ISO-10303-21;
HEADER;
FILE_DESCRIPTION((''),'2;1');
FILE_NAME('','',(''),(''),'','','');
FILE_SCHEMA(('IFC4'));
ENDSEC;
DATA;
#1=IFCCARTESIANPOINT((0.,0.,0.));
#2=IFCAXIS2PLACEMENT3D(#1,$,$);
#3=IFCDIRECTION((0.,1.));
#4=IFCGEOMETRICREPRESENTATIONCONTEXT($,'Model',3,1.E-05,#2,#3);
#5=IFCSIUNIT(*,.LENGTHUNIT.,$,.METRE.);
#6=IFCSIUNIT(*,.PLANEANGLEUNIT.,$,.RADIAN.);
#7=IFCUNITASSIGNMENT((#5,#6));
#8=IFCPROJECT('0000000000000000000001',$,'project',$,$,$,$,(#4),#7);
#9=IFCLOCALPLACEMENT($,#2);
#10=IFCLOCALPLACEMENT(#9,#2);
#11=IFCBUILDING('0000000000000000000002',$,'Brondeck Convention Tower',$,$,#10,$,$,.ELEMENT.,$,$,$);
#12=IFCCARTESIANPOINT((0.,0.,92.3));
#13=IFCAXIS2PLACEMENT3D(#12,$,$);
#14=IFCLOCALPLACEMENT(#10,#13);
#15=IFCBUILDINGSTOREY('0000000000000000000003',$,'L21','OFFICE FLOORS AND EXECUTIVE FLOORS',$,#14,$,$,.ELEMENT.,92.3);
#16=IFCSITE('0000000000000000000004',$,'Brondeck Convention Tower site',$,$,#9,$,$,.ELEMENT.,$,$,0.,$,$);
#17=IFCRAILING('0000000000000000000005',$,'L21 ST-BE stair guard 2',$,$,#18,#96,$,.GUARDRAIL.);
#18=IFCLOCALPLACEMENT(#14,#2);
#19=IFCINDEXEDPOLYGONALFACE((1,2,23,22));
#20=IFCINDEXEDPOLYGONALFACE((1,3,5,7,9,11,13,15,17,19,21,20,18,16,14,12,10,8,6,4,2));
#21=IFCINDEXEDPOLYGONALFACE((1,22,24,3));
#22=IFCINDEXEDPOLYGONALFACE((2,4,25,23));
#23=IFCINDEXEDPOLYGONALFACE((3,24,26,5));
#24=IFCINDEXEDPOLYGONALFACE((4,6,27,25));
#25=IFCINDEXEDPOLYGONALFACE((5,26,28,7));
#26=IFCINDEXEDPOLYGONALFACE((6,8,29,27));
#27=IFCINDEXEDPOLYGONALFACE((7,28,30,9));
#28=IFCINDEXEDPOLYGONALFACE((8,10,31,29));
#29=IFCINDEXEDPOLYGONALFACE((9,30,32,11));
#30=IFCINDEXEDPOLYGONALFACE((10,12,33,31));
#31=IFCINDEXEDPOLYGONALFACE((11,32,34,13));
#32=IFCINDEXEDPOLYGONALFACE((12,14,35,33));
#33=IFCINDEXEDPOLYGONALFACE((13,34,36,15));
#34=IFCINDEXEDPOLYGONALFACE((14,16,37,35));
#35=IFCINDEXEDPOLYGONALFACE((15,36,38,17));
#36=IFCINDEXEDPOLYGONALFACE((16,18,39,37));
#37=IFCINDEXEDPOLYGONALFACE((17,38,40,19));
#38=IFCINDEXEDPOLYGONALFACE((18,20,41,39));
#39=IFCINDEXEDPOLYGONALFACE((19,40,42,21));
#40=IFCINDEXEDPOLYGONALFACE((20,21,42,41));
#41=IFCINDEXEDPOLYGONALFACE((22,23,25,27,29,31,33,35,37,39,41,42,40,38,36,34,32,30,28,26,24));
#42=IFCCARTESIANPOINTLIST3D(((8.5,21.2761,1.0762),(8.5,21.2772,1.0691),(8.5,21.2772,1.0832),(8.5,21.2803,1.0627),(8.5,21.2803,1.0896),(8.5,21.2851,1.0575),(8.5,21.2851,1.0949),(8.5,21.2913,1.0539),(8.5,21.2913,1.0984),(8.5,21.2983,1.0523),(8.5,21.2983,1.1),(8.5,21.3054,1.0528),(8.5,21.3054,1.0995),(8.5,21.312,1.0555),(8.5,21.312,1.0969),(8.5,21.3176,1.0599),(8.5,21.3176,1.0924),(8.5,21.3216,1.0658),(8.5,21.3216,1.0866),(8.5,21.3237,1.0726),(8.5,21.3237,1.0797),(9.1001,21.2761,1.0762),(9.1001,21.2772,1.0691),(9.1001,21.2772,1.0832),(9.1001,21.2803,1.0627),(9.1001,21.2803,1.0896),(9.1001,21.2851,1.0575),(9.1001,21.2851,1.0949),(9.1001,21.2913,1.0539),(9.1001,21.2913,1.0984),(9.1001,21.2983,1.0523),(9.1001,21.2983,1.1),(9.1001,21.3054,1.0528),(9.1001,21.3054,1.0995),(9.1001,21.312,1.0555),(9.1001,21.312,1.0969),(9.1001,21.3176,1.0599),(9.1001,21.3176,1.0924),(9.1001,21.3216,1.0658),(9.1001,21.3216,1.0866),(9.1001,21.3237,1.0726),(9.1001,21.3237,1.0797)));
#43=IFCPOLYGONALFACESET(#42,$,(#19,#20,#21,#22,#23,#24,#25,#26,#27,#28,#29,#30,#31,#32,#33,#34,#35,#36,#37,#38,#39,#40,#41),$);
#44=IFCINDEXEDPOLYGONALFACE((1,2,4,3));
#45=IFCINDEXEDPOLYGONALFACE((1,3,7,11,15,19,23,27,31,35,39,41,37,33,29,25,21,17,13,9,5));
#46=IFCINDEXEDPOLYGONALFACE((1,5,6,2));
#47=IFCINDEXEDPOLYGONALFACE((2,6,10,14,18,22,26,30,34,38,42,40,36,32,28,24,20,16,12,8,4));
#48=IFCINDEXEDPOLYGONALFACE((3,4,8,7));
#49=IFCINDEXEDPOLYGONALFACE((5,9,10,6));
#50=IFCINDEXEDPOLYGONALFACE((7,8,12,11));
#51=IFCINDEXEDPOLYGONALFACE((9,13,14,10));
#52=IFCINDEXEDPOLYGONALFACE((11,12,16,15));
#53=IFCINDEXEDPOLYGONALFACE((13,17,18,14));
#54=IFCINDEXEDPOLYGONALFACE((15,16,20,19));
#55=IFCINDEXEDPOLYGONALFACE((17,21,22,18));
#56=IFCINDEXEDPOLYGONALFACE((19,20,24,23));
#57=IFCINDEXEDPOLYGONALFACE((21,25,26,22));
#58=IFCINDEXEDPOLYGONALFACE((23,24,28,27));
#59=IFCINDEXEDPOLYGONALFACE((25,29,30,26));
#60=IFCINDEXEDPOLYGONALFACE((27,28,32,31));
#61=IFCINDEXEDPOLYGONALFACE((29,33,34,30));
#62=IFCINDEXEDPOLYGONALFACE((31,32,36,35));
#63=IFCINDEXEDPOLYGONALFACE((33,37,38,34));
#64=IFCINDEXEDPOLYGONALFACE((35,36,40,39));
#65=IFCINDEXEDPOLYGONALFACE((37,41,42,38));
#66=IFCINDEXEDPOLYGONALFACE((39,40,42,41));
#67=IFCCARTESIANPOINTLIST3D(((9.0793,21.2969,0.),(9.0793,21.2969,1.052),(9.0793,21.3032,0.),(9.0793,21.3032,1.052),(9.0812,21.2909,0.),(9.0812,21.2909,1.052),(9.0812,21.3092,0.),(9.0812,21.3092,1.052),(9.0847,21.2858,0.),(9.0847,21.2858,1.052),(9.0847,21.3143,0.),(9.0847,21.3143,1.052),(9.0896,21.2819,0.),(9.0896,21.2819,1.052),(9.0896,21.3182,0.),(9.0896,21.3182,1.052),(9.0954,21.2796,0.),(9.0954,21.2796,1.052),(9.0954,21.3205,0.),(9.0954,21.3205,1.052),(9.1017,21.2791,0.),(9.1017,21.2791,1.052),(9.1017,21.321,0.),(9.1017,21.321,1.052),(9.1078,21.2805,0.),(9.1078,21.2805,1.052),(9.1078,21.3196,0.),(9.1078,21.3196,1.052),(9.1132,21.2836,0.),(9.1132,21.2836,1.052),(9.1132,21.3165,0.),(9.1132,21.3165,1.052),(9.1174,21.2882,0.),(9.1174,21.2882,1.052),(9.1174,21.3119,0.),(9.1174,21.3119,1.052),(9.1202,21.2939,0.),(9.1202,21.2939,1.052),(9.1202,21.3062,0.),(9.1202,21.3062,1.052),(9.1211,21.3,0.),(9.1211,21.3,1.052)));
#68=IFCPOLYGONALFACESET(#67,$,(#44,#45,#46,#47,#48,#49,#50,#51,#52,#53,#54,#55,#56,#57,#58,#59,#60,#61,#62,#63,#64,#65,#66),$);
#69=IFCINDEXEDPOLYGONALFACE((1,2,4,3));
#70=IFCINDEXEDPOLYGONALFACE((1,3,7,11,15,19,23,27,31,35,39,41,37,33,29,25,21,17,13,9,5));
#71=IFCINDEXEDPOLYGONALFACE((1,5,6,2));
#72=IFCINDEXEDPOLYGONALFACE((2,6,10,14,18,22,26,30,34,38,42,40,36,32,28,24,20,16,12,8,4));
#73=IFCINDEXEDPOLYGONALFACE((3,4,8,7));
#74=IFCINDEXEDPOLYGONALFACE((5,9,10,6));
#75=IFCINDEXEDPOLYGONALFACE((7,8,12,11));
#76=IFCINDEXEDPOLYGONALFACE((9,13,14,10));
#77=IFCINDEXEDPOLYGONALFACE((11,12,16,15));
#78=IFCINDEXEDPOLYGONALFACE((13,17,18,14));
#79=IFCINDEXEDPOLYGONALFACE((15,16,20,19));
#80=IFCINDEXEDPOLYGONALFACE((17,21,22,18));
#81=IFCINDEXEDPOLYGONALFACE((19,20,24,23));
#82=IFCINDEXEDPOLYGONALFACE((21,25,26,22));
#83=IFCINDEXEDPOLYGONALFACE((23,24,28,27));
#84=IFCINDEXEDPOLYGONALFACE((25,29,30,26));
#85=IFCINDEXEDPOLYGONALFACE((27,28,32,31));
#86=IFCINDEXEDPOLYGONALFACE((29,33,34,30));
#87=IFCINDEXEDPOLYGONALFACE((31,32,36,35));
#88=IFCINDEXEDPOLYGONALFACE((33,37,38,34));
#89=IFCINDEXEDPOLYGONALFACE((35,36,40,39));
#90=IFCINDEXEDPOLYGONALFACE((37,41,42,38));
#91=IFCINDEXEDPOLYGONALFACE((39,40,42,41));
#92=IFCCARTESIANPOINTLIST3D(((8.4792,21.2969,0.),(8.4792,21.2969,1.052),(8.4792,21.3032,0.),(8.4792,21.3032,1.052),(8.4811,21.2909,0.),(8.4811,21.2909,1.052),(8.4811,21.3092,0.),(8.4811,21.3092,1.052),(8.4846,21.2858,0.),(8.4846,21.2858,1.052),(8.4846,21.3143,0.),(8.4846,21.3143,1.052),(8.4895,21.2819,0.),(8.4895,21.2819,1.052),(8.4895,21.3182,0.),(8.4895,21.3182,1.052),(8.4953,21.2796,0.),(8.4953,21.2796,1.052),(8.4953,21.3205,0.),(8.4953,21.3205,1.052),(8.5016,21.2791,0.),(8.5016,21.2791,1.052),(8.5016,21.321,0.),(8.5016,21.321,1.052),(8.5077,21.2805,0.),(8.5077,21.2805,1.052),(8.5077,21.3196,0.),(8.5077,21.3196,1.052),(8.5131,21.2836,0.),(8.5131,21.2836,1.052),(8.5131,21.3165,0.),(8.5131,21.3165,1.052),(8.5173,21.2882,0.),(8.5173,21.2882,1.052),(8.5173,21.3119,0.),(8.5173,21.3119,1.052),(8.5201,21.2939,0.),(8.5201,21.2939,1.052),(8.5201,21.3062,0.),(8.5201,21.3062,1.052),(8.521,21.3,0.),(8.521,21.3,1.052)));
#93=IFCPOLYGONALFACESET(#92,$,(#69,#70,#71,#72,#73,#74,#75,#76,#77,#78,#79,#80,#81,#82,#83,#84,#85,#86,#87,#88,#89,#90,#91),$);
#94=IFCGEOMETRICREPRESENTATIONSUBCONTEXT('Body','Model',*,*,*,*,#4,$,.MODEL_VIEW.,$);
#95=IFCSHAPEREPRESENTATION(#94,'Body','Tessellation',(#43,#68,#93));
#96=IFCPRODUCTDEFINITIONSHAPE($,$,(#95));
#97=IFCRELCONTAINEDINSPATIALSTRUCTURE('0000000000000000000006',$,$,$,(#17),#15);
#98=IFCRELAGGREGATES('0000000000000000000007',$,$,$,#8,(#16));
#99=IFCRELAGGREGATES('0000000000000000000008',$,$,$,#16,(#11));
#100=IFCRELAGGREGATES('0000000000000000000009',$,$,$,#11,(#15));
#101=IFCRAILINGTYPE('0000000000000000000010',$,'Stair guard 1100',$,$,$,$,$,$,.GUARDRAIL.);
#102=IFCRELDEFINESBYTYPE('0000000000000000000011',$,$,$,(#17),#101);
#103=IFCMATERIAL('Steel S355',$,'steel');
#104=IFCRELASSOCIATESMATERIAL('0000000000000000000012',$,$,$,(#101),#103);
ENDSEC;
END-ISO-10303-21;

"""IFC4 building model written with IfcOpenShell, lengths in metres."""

from ifc_helpers import new_model, si_unit, direction, frame, origin, origin_2d, place, context, subcontext, project, spatial, circle, extrude, material, type_object, element, save


model = new_model("IFC4")

# Units and contexts
model_context = context("Model", 3, precision=1e-05, world=origin(), true_north=direction((0.0, 1.0)))
body_context = subcontext(model_context, "Body", "Model", "MODEL_VIEW")
ifc_project = project(units=[si_unit("LENGTHUNIT", "METRE"), si_unit("PLANEANGLEUNIT", "RADIAN")], contexts=[model_context])

# Site, building, storey
site_placement = place(None, origin())
site = spatial("IfcSite", under=ifc_project, at=site_placement, Name="Brondeck Convention Tower site", CompositionType="ELEMENT", RefElevation=0.0)
building_placement = place(site_placement, origin())
building = spatial("IfcBuilding", under=site, at=building_placement, Name="Brondeck Convention Tower", CompositionType="ELEMENT")
storey_placement = place(building_placement, frame((0.0, 0.0, 92.3)))
storey = spatial("IfcBuildingStorey", under=building, at=storey_placement, Name="L21", Description="OFFICE FLOORS AND EXECUTIVE FLOORS", CompositionType="ELEMENT", Elevation=92.3)

# Shared definitions
ifc_material_1 = material(Name="Steel S355", Category="steel")

# Railing
railing_type_1 = type_object("IfcRailingType", Name="Stair guard 1100", PredefinedType="GUARDRAIL", material=ifc_material_1)
railing_1_placement = place(storey_placement, frame((9.1001, 21.3, 0.0)))
element("IfcRailing", 1, at=railing_1_placement, inside=storey, type_object=railing_type_1, Name="L21 ST-BE stair guard 2", PredefinedType="GUARDRAIL", context=body_context, shape_type="SweptSolid", body=[
    extrude(circle(Radius=0.0239, at=origin_2d()), frame((0.0, 0.0, 1.0762), z_axis=(-1.0, 0.0, 0.0), x_axis=(0.0, -1.0, 0.0)), (0.0, 0.0, 1.0), 0.6001),
    extrude(circle(Radius=0.021, at=origin_2d()), origin(), (0.0, 0.0, 1.0), 1.052),
    extrude(circle(Radius=0.021, at=origin_2d()), frame((-0.6001, 0.0, 0.0)), (0.0, 0.0, 1.0), 1.052),
])

save(model, "model.ifc")
